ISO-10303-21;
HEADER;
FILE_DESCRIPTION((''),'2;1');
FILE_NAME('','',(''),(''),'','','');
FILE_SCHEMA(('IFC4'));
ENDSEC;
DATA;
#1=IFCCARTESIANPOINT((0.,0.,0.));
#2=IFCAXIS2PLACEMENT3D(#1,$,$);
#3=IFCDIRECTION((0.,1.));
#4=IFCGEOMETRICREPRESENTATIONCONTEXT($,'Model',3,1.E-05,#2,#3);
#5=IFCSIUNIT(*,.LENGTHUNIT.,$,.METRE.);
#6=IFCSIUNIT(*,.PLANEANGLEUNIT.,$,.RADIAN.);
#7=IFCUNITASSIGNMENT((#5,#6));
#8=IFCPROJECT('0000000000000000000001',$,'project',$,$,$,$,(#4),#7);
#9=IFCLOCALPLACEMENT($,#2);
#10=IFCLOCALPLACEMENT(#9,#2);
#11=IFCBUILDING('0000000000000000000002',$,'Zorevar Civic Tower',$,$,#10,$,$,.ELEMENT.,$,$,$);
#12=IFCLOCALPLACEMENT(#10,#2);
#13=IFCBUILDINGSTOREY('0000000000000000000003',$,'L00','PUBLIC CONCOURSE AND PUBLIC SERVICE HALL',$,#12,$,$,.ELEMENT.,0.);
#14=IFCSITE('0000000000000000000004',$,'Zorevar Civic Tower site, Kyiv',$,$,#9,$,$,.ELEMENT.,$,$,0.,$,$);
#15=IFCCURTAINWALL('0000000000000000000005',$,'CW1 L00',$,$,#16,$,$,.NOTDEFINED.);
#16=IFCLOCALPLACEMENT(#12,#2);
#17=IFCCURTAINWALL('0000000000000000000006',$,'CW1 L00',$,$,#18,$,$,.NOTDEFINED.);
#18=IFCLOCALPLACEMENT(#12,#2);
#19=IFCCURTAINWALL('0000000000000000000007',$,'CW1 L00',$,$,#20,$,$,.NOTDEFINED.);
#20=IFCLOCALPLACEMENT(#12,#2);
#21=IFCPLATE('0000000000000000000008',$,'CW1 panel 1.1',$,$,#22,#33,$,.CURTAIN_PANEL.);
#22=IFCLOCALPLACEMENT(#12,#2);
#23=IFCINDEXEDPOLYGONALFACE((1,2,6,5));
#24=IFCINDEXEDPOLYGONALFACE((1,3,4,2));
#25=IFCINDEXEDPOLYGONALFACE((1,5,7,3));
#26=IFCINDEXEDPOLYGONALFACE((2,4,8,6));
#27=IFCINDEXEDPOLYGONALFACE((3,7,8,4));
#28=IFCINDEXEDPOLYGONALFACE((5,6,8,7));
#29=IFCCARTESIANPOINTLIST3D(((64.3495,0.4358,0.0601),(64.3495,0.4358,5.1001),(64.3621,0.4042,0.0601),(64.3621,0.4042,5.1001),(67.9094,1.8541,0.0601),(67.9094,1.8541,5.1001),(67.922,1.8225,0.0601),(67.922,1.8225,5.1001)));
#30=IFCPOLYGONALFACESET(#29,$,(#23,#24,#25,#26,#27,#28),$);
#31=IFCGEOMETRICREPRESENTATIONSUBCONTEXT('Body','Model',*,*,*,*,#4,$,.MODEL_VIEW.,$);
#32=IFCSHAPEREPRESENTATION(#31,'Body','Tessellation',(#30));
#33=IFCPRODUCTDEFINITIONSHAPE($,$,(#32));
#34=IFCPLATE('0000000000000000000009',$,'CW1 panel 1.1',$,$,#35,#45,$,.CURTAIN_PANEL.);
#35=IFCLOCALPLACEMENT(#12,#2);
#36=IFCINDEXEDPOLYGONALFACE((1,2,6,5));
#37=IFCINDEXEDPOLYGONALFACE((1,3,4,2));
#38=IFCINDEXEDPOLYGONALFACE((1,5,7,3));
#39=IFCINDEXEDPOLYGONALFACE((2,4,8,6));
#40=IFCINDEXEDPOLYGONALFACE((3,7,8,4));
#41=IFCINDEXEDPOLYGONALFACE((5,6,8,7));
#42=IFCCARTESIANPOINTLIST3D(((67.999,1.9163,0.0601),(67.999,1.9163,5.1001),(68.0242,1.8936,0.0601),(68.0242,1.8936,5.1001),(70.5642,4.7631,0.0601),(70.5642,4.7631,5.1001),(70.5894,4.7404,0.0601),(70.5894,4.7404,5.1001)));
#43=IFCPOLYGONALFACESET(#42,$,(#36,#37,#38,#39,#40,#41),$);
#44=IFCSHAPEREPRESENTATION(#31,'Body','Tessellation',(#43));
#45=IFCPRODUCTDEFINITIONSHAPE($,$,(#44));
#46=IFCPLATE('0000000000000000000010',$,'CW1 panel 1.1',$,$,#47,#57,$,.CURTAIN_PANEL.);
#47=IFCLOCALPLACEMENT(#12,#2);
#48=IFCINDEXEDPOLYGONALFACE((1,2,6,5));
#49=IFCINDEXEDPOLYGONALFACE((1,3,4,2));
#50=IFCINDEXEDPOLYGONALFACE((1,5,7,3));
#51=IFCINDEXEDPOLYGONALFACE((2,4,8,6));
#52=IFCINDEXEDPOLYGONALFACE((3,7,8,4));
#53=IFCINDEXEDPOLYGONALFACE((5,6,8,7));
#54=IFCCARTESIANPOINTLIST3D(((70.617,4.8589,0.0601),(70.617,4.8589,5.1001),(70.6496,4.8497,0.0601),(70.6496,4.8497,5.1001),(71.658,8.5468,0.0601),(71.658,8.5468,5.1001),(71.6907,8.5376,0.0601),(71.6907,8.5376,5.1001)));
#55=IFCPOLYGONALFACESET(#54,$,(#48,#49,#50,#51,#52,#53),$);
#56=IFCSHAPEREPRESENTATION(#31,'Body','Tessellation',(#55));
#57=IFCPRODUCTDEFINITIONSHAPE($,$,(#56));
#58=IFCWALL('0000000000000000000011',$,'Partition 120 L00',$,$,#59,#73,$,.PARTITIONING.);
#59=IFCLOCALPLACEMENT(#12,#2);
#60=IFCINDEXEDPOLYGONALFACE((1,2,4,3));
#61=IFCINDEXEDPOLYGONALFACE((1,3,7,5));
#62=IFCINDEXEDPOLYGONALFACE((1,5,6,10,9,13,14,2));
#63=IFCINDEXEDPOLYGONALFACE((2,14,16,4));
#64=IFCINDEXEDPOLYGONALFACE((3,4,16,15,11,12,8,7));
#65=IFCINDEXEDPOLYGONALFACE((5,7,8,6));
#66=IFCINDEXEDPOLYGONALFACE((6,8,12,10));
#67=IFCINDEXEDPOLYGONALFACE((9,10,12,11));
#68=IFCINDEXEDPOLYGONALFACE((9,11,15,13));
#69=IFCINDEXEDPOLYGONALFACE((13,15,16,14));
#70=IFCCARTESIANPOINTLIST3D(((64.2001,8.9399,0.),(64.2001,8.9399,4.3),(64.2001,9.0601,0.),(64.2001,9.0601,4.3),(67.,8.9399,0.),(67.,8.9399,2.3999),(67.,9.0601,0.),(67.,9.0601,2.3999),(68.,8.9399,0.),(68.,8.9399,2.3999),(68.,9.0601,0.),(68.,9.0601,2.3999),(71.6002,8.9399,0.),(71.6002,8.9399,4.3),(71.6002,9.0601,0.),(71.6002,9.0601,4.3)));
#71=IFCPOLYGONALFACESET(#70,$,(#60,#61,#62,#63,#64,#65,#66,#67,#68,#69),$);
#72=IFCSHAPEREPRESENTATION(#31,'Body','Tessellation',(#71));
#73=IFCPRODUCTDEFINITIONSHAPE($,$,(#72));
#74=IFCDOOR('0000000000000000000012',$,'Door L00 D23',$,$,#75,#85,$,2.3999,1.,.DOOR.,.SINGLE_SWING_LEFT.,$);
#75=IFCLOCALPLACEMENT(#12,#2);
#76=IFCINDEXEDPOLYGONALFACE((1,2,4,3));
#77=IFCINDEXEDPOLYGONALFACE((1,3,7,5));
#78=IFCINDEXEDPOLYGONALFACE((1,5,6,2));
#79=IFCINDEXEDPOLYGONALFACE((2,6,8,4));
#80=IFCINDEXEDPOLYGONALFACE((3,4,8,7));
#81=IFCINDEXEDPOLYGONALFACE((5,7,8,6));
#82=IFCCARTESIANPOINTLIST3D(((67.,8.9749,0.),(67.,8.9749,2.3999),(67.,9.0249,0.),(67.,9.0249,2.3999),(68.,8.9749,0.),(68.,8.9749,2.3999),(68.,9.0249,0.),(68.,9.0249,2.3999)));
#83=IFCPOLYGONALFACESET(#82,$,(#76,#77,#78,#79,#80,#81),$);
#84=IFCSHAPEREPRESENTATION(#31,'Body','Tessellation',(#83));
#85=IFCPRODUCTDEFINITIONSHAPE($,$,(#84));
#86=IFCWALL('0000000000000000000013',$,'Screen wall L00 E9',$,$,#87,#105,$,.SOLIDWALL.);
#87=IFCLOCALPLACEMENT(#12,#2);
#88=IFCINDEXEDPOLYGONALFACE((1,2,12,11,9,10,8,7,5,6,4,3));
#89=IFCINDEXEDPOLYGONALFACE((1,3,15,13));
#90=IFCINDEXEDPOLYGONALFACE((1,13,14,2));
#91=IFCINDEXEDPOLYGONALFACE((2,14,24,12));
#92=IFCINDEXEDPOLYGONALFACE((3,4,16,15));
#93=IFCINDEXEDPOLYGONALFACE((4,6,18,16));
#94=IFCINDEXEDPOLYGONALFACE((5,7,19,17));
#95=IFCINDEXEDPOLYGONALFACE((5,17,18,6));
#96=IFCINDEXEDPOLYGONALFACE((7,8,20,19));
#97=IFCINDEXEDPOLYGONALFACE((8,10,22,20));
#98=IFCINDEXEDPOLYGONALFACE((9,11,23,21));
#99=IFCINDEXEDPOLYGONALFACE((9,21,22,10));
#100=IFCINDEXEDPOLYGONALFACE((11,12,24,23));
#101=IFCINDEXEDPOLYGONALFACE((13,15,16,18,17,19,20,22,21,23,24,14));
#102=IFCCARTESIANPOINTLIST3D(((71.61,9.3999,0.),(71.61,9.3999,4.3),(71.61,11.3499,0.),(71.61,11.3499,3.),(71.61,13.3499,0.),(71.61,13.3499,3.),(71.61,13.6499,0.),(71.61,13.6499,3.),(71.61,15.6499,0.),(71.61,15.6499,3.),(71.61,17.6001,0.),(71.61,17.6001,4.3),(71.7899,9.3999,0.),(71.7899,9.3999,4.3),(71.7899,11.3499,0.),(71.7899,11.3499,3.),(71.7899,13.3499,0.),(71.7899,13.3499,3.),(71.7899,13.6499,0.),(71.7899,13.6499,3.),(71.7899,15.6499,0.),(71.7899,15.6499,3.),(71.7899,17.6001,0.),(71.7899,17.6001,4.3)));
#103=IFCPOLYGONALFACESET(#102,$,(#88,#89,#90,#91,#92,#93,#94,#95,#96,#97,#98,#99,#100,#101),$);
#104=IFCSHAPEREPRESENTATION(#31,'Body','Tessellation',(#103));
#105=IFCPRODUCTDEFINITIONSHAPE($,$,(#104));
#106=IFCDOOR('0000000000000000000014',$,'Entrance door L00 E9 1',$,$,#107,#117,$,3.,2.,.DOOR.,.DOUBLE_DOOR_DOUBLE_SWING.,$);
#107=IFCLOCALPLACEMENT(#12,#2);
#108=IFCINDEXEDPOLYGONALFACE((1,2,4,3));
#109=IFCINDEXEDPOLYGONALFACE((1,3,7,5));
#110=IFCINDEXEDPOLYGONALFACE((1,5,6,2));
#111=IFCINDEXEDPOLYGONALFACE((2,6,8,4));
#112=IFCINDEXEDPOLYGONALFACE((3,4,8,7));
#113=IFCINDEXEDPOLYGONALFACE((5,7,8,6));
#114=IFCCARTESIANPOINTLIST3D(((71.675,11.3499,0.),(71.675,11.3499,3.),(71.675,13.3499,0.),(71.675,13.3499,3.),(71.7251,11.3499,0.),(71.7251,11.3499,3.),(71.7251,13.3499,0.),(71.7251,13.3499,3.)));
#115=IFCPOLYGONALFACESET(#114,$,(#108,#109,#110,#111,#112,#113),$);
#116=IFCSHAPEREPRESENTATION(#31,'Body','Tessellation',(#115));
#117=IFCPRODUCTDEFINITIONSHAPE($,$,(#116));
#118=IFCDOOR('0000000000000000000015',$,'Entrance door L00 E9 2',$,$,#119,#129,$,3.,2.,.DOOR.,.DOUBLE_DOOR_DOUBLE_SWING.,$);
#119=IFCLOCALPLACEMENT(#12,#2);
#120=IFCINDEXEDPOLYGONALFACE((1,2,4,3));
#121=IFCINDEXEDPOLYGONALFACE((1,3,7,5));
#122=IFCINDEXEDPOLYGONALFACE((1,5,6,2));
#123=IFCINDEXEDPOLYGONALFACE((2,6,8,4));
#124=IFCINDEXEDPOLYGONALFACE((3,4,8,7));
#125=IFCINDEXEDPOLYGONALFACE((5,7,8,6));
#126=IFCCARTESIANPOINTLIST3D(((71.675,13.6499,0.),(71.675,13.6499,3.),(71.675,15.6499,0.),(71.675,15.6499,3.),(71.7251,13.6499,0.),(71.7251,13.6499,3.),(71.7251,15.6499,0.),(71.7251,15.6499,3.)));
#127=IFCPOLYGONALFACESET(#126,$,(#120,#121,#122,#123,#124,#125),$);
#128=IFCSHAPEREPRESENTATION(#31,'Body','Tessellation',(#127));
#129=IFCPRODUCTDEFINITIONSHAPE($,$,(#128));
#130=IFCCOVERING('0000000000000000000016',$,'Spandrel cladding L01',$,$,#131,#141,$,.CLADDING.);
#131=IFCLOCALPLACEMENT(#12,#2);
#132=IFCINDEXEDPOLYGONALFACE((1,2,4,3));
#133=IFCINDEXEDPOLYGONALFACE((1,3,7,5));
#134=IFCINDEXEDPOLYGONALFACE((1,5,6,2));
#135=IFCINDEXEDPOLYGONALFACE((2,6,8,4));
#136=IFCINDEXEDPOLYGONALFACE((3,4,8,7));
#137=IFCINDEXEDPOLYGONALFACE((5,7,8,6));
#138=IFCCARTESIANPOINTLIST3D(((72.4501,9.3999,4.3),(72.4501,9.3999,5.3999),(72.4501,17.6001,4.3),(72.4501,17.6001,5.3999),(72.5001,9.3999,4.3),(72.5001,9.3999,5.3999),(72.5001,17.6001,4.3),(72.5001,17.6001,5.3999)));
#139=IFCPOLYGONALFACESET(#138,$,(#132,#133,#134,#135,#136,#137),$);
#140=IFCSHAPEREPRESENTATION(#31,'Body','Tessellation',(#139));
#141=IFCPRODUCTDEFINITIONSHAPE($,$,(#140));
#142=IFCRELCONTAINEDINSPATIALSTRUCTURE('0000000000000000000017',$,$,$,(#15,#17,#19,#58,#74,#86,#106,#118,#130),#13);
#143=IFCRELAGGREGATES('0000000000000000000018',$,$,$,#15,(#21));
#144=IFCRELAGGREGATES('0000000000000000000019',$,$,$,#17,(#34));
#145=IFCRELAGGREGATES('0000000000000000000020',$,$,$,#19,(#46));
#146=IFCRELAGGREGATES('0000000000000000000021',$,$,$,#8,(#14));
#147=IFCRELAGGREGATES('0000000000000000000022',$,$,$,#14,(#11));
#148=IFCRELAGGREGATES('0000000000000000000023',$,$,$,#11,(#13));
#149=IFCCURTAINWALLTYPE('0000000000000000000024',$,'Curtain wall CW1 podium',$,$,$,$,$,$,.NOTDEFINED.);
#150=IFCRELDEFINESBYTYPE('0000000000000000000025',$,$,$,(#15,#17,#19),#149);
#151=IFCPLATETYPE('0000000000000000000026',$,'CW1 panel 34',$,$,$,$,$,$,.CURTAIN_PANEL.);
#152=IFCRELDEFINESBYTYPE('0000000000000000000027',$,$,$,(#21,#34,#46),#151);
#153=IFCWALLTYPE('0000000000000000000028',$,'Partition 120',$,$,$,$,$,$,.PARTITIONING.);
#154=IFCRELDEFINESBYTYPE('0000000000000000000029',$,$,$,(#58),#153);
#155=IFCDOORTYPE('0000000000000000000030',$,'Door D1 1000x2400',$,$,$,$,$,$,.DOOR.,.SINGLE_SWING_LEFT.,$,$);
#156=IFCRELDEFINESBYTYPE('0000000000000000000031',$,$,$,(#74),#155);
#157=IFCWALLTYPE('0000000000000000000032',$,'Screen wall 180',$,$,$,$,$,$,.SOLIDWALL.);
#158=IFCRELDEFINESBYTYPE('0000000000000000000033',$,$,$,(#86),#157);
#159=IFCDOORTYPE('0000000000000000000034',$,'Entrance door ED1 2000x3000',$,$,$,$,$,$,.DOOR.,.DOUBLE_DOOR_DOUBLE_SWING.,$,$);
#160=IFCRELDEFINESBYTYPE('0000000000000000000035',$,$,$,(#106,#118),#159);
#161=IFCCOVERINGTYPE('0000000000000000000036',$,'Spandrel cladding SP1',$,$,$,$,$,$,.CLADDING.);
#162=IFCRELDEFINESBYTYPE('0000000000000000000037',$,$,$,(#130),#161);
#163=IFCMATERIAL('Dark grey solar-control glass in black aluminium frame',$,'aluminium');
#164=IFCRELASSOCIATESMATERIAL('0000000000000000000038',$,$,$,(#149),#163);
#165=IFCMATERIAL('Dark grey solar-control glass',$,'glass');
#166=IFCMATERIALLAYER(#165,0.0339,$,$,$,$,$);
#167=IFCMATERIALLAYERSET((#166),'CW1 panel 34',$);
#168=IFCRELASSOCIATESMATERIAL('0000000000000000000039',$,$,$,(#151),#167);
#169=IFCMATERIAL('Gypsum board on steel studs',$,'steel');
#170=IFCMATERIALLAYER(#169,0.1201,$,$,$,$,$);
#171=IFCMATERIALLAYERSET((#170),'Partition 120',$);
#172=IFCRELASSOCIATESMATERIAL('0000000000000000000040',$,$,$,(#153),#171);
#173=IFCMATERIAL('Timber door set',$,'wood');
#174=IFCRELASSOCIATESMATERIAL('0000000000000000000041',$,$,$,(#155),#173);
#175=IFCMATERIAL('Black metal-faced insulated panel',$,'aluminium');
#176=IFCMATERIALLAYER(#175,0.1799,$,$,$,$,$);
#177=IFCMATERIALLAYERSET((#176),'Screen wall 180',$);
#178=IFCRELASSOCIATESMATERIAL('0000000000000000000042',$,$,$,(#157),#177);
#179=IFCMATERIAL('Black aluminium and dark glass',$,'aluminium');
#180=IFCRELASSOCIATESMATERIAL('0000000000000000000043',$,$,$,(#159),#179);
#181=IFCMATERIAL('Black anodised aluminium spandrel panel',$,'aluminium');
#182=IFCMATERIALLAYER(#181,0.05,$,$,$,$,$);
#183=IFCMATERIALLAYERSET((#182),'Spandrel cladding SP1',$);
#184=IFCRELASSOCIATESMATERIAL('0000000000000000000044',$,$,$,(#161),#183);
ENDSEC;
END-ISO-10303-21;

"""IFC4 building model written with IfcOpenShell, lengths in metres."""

from ifc_helpers import new_model, si_unit, direction, frame, frame_2d, origin, origin_2d, place, context, subcontext, project, spatial, rectangle, extrude, material, layer, layer_set, type_object, element, fill, aggregate, save


model = new_model("IFC4")

# Units and contexts
model_context = context("Model", 3, precision=1e-05, world=origin(), true_north=direction((0.0, 1.0)))
body_context = subcontext(model_context, "Body", "Model", "MODEL_VIEW")
ifc_project = project(units=[si_unit("LENGTHUNIT", "METRE"), si_unit("PLANEANGLEUNIT", "RADIAN")], contexts=[model_context])

# Site, building, storey
site_placement = place(None, origin())
site = spatial("IfcSite", under=ifc_project, at=site_placement, Name="Zorevar Civic Tower site, Kyiv", CompositionType="ELEMENT", RefElevation=0.0)
building_placement = place(site_placement, origin())
building = spatial("IfcBuilding", under=site, at=building_placement, Name="Zorevar Civic Tower", CompositionType="ELEMENT")
storey_placement = place(building_placement, origin())
storey = spatial("IfcBuildingStorey", under=building, at=storey_placement, Name="L00", Description="PUBLIC CONCOURSE AND PUBLIC SERVICE HALL", CompositionType="ELEMENT", Elevation=0.0)

# Curtain walls
ifc_material_1 = material(Name="Dark grey solar-control glass in black aluminium frame", Category="aluminium")
curtain_wall_type = type_object("IfcCurtainWallType", Name="Curtain wall CW1 podium", PredefinedType="NOTDEFINED", material=ifc_material_1)
curtain_wall_1_placement = place(storey_placement, origin())
curtain_wall_1 = element("IfcCurtainWall", 1, at=curtain_wall_1_placement, inside=storey, type_object=curtain_wall_type, Name="CW1 L00", PredefinedType="NOTDEFINED")
curtain_wall_2_placement = place(storey_placement, origin())
curtain_wall_2 = element("IfcCurtainWall", 2, at=curtain_wall_2_placement, inside=storey, type_object=curtain_wall_type, Name="CW1 L00", PredefinedType="NOTDEFINED")
curtain_wall_3_placement = place(storey_placement, origin())
curtain_wall_3 = element("IfcCurtainWall", 3, at=curtain_wall_3_placement, inside=storey, type_object=curtain_wall_type, Name="CW1 L00", PredefinedType="NOTDEFINED")

# Plates
ifc_material_2 = material(Name="Dark grey solar-control glass", Category="glass")
ifc_layer_1 = layer(ifc_material_2, 0.0339)
ifc_layer_set_1 = layer_set([ifc_layer_1], Name="CW1 panel 34")
plate_type = type_object("IfcPlateType", Name="CW1 panel 34", PredefinedType="CURTAIN_PANEL", material=ifc_layer_set_1)
plate_1_placement = place(storey_placement, frame((66.1357, 1.1292, 0.0601), z_axis=(0.0, 0.0, 1.0), x_axis=(0.928988, 0.370111, 0.0)))
plate_1 = element("IfcPlate", 4, at=plate_1_placement, type_object=plate_type, Name="CW1 panel 1.1", PredefinedType="CURTAIN_PANEL", context=body_context, shape_type="SweptSolid", body=[
    extrude(rectangle(XDim=3.832, YDim=0.0339, at=origin_2d()), origin(), (0.0, 0.0, 1.0), 5.04),
])
aggregate(curtain_wall_1, [plate_1])
plate_2_placement = place(storey_placement, frame((69.2942, 3.3284, 0.0601), z_axis=(0.0, 0.0, 1.0), x_axis=(0.669403, 0.7429, 0.0)))
plate_2 = element("IfcPlate", 5, at=plate_2_placement, type_object=plate_type, Name="CW1 panel 1.1", PredefinedType="CURTAIN_PANEL", context=body_context, shape_type="SweptSolid", body=[
    extrude(rectangle(XDim=3.832, YDim=0.0339, at=origin_2d()), origin(), (0.0, 0.0, 1.0), 5.04),
])
aggregate(curtain_wall_2, [plate_2])
plate_3_placement = place(storey_placement, frame((71.1538, 6.6982, 0.0601), z_axis=(0.0, 0.0, 1.0), x_axis=(0.271669, 0.962391, 0.0)))
plate_3 = element("IfcPlate", 6, at=plate_3_placement, type_object=plate_type, Name="CW1 panel 1.1", PredefinedType="CURTAIN_PANEL", context=body_context, shape_type="SweptSolid", body=[
    extrude(rectangle(XDim=3.832, YDim=0.0339, at=origin_2d()), origin(), (0.0, 0.0, 1.0), 5.04),
])
aggregate(curtain_wall_3, [plate_3])

# Wall, opening, door
ifc_material_3 = material(Name="Gypsum board on steel studs", Category="steel")
ifc_layer_2 = layer(ifc_material_3, 0.1201)
ifc_layer_set_2 = layer_set([ifc_layer_2], Name="Partition 120")
wall_type_1 = type_object("IfcWallType", Name="Partition 120", PredefinedType="PARTITIONING", material=ifc_layer_set_2)
wall_1_placement = place(storey_placement, frame((64.2, 9.0, 0.0), z_axis=(0.0, 0.0, 1.0), x_axis=(1.0, 0.0, 0.0)))
wall_1 = element("IfcWall", 7, at=wall_1_placement, inside=storey, type_object=wall_type_1, Name="Partition 120 L00", PredefinedType="PARTITIONING", context=body_context, shape_type="SweptSolid", body=[
    extrude(rectangle(XDim=7.4001, YDim=0.1201, at=frame_2d((3.7002, 0.0))), origin(), (0.0, 0.0, 1.0), 4.3),
])
opening_1_placement = place(wall_1_placement, frame((2.8, 0.0, 0.0)))
opening_1 = element("IfcOpeningElement", 8, at=opening_1_placement, cuts=wall_1, PredefinedType="OPENING", context=body_context, shape_type="SweptSolid", body=[
    extrude(rectangle(XDim=1.0, YDim=2.3999, at=frame_2d((0.5, 1.2))), frame((0.0, 0.0701, 0.0), z_axis=(0.0, -1.0, 0.0), x_axis=(1.0, 0.0, 0.0)), (0.0, 0.0, 1.0), 0.1401),
])
ifc_material_4 = material(Name="Timber door set", Category="wood")
door_type_1 = type_object("IfcDoorType", Name="Door D1 1000x2400", OperationType="SINGLE_SWING_LEFT", PredefinedType="DOOR", material=ifc_material_4)
door_1_placement = place(opening_1_placement, origin())
door_1 = element("IfcDoor", 9, at=door_1_placement, inside=storey, type_object=door_type_1, Name="Door L00 D23", OperationType="SINGLE_SWING_LEFT", OverallHeight=2.3999, OverallWidth=1.0, PredefinedType="DOOR", context=body_context, shape_type="SweptSolid", body=[
    extrude(rectangle(XDim=1.0, YDim=2.3999, at=frame_2d((0.5, 1.2))), frame((0.0, 0.0249, 0.0), z_axis=(0.0, -1.0, 0.0), x_axis=(1.0, 0.0, 0.0)), (0.0, 0.0, 1.0), 0.05),
])
fill(opening_1, door_1)

# Wall, openings, doors
ifc_material_5 = material(Name="Black metal-faced insulated panel", Category="aluminium")
ifc_layer_3 = layer(ifc_material_5, 0.1799)
ifc_layer_set_3 = layer_set([ifc_layer_3], Name="Screen wall 180")
wall_type_2 = type_object("IfcWallType", Name="Screen wall 180", PredefinedType="SOLIDWALL", material=ifc_layer_set_3)
wall_2_placement = place(storey_placement, frame((71.7, 9.3999, 0.0), z_axis=(0.0, 0.0, 1.0), x_axis=(0.0, 1.0, 0.0)))
wall_2 = element("IfcWall", 10, at=wall_2_placement, inside=storey, type_object=wall_type_2, Name="Screen wall L00 E9", PredefinedType="SOLIDWALL", context=body_context, shape_type="SweptSolid", body=[
    extrude(rectangle(XDim=8.2002, YDim=0.1799, at=frame_2d((4.1001, 0.0))), origin(), (0.0, 0.0, 1.0), 4.3),
])
opening_2_placement = place(wall_2_placement, frame((1.95, 0.0, 0.0)))
opening_2 = element("IfcOpeningElement", 11, at=opening_2_placement, cuts=wall_2, PredefinedType="OPENING", context=body_context, shape_type="SweptSolid", body=[
    extrude(rectangle(XDim=2.0, YDim=3.0, at=frame_2d((1.0, 1.5))), frame((0.0, 0.0999, 0.0), z_axis=(0.0, -1.0, 0.0), x_axis=(1.0, 0.0, 0.0)), (0.0, 0.0, 1.0), 0.2),
])
opening_3_placement = place(wall_2_placement, frame((4.25, 0.0, 0.0)))
opening_3 = element("IfcOpeningElement", 12, at=opening_3_placement, cuts=wall_2, PredefinedType="OPENING", context=body_context, shape_type="SweptSolid", body=[
    extrude(rectangle(XDim=2.0, YDim=3.0, at=frame_2d((1.0, 1.5))), frame((0.0, 0.0999, 0.0), z_axis=(0.0, -1.0, 0.0), x_axis=(1.0, 0.0, 0.0)), (0.0, 0.0, 1.0), 0.2),
])
ifc_material_6 = material(Name="Black aluminium and dark glass", Category="aluminium")
door_type_2 = type_object("IfcDoorType", Name="Entrance door ED1 2000x3000", OperationType="DOUBLE_DOOR_DOUBLE_SWING", PredefinedType="DOOR", material=ifc_material_6)
door_2_placement = place(opening_2_placement, origin())
door_2 = element("IfcDoor", 13, at=door_2_placement, inside=storey, type_object=door_type_2, Name="Entrance door L00 E9 1", OperationType="DOUBLE_DOOR_DOUBLE_SWING", OverallHeight=3.0, OverallWidth=2.0, PredefinedType="DOOR", context=body_context, shape_type="SweptSolid", body=[
    extrude(rectangle(XDim=2.0, YDim=3.0, at=frame_2d((1.0, 1.5))), frame((0.0, 0.0249, 0.0), z_axis=(0.0, -1.0, 0.0), x_axis=(1.0, 0.0, 0.0)), (0.0, 0.0, 1.0), 0.05),
])
fill(opening_2, door_2)
door_3_placement = place(opening_3_placement, origin())
door_3 = element("IfcDoor", 14, at=door_3_placement, inside=storey, type_object=door_type_2, Name="Entrance door L00 E9 2", OperationType="DOUBLE_DOOR_DOUBLE_SWING", OverallHeight=3.0, OverallWidth=2.0, PredefinedType="DOOR", context=body_context, shape_type="SweptSolid", body=[
    extrude(rectangle(XDim=2.0, YDim=3.0, at=frame_2d((1.0, 1.5))), frame((0.0, 0.0249, 0.0), z_axis=(0.0, -1.0, 0.0), x_axis=(1.0, 0.0, 0.0)), (0.0, 0.0, 1.0), 0.05),
])
fill(opening_3, door_3)

# Covering
ifc_material_7 = material(Name="Black anodised aluminium spandrel panel", Category="aluminium")
ifc_layer_4 = layer(ifc_material_7, 0.05)
ifc_layer_set_4 = layer_set([ifc_layer_4], Name="Spandrel cladding SP1")
covering_type = type_object("IfcCoveringType", Name="Spandrel cladding SP1", PredefinedType="CLADDING", material=ifc_layer_set_4)
covering_placement = place(storey_placement, frame((72.4751, 9.3999, 4.3), z_axis=(0.0, 0.0, 1.0), x_axis=(0.0, 1.0, 0.0)))
element("IfcCovering", 15, at=covering_placement, inside=storey, type_object=covering_type, Name="Spandrel cladding L01", PredefinedType="CLADDING", context=body_context, shape_type="SweptSolid", body=[
    extrude(rectangle(XDim=8.2002, YDim=0.05, at=frame_2d((4.1001, 0.0))), origin(), (0.0, 0.0, 1.0), 1.0999),
])

save(model, "model.ifc")
